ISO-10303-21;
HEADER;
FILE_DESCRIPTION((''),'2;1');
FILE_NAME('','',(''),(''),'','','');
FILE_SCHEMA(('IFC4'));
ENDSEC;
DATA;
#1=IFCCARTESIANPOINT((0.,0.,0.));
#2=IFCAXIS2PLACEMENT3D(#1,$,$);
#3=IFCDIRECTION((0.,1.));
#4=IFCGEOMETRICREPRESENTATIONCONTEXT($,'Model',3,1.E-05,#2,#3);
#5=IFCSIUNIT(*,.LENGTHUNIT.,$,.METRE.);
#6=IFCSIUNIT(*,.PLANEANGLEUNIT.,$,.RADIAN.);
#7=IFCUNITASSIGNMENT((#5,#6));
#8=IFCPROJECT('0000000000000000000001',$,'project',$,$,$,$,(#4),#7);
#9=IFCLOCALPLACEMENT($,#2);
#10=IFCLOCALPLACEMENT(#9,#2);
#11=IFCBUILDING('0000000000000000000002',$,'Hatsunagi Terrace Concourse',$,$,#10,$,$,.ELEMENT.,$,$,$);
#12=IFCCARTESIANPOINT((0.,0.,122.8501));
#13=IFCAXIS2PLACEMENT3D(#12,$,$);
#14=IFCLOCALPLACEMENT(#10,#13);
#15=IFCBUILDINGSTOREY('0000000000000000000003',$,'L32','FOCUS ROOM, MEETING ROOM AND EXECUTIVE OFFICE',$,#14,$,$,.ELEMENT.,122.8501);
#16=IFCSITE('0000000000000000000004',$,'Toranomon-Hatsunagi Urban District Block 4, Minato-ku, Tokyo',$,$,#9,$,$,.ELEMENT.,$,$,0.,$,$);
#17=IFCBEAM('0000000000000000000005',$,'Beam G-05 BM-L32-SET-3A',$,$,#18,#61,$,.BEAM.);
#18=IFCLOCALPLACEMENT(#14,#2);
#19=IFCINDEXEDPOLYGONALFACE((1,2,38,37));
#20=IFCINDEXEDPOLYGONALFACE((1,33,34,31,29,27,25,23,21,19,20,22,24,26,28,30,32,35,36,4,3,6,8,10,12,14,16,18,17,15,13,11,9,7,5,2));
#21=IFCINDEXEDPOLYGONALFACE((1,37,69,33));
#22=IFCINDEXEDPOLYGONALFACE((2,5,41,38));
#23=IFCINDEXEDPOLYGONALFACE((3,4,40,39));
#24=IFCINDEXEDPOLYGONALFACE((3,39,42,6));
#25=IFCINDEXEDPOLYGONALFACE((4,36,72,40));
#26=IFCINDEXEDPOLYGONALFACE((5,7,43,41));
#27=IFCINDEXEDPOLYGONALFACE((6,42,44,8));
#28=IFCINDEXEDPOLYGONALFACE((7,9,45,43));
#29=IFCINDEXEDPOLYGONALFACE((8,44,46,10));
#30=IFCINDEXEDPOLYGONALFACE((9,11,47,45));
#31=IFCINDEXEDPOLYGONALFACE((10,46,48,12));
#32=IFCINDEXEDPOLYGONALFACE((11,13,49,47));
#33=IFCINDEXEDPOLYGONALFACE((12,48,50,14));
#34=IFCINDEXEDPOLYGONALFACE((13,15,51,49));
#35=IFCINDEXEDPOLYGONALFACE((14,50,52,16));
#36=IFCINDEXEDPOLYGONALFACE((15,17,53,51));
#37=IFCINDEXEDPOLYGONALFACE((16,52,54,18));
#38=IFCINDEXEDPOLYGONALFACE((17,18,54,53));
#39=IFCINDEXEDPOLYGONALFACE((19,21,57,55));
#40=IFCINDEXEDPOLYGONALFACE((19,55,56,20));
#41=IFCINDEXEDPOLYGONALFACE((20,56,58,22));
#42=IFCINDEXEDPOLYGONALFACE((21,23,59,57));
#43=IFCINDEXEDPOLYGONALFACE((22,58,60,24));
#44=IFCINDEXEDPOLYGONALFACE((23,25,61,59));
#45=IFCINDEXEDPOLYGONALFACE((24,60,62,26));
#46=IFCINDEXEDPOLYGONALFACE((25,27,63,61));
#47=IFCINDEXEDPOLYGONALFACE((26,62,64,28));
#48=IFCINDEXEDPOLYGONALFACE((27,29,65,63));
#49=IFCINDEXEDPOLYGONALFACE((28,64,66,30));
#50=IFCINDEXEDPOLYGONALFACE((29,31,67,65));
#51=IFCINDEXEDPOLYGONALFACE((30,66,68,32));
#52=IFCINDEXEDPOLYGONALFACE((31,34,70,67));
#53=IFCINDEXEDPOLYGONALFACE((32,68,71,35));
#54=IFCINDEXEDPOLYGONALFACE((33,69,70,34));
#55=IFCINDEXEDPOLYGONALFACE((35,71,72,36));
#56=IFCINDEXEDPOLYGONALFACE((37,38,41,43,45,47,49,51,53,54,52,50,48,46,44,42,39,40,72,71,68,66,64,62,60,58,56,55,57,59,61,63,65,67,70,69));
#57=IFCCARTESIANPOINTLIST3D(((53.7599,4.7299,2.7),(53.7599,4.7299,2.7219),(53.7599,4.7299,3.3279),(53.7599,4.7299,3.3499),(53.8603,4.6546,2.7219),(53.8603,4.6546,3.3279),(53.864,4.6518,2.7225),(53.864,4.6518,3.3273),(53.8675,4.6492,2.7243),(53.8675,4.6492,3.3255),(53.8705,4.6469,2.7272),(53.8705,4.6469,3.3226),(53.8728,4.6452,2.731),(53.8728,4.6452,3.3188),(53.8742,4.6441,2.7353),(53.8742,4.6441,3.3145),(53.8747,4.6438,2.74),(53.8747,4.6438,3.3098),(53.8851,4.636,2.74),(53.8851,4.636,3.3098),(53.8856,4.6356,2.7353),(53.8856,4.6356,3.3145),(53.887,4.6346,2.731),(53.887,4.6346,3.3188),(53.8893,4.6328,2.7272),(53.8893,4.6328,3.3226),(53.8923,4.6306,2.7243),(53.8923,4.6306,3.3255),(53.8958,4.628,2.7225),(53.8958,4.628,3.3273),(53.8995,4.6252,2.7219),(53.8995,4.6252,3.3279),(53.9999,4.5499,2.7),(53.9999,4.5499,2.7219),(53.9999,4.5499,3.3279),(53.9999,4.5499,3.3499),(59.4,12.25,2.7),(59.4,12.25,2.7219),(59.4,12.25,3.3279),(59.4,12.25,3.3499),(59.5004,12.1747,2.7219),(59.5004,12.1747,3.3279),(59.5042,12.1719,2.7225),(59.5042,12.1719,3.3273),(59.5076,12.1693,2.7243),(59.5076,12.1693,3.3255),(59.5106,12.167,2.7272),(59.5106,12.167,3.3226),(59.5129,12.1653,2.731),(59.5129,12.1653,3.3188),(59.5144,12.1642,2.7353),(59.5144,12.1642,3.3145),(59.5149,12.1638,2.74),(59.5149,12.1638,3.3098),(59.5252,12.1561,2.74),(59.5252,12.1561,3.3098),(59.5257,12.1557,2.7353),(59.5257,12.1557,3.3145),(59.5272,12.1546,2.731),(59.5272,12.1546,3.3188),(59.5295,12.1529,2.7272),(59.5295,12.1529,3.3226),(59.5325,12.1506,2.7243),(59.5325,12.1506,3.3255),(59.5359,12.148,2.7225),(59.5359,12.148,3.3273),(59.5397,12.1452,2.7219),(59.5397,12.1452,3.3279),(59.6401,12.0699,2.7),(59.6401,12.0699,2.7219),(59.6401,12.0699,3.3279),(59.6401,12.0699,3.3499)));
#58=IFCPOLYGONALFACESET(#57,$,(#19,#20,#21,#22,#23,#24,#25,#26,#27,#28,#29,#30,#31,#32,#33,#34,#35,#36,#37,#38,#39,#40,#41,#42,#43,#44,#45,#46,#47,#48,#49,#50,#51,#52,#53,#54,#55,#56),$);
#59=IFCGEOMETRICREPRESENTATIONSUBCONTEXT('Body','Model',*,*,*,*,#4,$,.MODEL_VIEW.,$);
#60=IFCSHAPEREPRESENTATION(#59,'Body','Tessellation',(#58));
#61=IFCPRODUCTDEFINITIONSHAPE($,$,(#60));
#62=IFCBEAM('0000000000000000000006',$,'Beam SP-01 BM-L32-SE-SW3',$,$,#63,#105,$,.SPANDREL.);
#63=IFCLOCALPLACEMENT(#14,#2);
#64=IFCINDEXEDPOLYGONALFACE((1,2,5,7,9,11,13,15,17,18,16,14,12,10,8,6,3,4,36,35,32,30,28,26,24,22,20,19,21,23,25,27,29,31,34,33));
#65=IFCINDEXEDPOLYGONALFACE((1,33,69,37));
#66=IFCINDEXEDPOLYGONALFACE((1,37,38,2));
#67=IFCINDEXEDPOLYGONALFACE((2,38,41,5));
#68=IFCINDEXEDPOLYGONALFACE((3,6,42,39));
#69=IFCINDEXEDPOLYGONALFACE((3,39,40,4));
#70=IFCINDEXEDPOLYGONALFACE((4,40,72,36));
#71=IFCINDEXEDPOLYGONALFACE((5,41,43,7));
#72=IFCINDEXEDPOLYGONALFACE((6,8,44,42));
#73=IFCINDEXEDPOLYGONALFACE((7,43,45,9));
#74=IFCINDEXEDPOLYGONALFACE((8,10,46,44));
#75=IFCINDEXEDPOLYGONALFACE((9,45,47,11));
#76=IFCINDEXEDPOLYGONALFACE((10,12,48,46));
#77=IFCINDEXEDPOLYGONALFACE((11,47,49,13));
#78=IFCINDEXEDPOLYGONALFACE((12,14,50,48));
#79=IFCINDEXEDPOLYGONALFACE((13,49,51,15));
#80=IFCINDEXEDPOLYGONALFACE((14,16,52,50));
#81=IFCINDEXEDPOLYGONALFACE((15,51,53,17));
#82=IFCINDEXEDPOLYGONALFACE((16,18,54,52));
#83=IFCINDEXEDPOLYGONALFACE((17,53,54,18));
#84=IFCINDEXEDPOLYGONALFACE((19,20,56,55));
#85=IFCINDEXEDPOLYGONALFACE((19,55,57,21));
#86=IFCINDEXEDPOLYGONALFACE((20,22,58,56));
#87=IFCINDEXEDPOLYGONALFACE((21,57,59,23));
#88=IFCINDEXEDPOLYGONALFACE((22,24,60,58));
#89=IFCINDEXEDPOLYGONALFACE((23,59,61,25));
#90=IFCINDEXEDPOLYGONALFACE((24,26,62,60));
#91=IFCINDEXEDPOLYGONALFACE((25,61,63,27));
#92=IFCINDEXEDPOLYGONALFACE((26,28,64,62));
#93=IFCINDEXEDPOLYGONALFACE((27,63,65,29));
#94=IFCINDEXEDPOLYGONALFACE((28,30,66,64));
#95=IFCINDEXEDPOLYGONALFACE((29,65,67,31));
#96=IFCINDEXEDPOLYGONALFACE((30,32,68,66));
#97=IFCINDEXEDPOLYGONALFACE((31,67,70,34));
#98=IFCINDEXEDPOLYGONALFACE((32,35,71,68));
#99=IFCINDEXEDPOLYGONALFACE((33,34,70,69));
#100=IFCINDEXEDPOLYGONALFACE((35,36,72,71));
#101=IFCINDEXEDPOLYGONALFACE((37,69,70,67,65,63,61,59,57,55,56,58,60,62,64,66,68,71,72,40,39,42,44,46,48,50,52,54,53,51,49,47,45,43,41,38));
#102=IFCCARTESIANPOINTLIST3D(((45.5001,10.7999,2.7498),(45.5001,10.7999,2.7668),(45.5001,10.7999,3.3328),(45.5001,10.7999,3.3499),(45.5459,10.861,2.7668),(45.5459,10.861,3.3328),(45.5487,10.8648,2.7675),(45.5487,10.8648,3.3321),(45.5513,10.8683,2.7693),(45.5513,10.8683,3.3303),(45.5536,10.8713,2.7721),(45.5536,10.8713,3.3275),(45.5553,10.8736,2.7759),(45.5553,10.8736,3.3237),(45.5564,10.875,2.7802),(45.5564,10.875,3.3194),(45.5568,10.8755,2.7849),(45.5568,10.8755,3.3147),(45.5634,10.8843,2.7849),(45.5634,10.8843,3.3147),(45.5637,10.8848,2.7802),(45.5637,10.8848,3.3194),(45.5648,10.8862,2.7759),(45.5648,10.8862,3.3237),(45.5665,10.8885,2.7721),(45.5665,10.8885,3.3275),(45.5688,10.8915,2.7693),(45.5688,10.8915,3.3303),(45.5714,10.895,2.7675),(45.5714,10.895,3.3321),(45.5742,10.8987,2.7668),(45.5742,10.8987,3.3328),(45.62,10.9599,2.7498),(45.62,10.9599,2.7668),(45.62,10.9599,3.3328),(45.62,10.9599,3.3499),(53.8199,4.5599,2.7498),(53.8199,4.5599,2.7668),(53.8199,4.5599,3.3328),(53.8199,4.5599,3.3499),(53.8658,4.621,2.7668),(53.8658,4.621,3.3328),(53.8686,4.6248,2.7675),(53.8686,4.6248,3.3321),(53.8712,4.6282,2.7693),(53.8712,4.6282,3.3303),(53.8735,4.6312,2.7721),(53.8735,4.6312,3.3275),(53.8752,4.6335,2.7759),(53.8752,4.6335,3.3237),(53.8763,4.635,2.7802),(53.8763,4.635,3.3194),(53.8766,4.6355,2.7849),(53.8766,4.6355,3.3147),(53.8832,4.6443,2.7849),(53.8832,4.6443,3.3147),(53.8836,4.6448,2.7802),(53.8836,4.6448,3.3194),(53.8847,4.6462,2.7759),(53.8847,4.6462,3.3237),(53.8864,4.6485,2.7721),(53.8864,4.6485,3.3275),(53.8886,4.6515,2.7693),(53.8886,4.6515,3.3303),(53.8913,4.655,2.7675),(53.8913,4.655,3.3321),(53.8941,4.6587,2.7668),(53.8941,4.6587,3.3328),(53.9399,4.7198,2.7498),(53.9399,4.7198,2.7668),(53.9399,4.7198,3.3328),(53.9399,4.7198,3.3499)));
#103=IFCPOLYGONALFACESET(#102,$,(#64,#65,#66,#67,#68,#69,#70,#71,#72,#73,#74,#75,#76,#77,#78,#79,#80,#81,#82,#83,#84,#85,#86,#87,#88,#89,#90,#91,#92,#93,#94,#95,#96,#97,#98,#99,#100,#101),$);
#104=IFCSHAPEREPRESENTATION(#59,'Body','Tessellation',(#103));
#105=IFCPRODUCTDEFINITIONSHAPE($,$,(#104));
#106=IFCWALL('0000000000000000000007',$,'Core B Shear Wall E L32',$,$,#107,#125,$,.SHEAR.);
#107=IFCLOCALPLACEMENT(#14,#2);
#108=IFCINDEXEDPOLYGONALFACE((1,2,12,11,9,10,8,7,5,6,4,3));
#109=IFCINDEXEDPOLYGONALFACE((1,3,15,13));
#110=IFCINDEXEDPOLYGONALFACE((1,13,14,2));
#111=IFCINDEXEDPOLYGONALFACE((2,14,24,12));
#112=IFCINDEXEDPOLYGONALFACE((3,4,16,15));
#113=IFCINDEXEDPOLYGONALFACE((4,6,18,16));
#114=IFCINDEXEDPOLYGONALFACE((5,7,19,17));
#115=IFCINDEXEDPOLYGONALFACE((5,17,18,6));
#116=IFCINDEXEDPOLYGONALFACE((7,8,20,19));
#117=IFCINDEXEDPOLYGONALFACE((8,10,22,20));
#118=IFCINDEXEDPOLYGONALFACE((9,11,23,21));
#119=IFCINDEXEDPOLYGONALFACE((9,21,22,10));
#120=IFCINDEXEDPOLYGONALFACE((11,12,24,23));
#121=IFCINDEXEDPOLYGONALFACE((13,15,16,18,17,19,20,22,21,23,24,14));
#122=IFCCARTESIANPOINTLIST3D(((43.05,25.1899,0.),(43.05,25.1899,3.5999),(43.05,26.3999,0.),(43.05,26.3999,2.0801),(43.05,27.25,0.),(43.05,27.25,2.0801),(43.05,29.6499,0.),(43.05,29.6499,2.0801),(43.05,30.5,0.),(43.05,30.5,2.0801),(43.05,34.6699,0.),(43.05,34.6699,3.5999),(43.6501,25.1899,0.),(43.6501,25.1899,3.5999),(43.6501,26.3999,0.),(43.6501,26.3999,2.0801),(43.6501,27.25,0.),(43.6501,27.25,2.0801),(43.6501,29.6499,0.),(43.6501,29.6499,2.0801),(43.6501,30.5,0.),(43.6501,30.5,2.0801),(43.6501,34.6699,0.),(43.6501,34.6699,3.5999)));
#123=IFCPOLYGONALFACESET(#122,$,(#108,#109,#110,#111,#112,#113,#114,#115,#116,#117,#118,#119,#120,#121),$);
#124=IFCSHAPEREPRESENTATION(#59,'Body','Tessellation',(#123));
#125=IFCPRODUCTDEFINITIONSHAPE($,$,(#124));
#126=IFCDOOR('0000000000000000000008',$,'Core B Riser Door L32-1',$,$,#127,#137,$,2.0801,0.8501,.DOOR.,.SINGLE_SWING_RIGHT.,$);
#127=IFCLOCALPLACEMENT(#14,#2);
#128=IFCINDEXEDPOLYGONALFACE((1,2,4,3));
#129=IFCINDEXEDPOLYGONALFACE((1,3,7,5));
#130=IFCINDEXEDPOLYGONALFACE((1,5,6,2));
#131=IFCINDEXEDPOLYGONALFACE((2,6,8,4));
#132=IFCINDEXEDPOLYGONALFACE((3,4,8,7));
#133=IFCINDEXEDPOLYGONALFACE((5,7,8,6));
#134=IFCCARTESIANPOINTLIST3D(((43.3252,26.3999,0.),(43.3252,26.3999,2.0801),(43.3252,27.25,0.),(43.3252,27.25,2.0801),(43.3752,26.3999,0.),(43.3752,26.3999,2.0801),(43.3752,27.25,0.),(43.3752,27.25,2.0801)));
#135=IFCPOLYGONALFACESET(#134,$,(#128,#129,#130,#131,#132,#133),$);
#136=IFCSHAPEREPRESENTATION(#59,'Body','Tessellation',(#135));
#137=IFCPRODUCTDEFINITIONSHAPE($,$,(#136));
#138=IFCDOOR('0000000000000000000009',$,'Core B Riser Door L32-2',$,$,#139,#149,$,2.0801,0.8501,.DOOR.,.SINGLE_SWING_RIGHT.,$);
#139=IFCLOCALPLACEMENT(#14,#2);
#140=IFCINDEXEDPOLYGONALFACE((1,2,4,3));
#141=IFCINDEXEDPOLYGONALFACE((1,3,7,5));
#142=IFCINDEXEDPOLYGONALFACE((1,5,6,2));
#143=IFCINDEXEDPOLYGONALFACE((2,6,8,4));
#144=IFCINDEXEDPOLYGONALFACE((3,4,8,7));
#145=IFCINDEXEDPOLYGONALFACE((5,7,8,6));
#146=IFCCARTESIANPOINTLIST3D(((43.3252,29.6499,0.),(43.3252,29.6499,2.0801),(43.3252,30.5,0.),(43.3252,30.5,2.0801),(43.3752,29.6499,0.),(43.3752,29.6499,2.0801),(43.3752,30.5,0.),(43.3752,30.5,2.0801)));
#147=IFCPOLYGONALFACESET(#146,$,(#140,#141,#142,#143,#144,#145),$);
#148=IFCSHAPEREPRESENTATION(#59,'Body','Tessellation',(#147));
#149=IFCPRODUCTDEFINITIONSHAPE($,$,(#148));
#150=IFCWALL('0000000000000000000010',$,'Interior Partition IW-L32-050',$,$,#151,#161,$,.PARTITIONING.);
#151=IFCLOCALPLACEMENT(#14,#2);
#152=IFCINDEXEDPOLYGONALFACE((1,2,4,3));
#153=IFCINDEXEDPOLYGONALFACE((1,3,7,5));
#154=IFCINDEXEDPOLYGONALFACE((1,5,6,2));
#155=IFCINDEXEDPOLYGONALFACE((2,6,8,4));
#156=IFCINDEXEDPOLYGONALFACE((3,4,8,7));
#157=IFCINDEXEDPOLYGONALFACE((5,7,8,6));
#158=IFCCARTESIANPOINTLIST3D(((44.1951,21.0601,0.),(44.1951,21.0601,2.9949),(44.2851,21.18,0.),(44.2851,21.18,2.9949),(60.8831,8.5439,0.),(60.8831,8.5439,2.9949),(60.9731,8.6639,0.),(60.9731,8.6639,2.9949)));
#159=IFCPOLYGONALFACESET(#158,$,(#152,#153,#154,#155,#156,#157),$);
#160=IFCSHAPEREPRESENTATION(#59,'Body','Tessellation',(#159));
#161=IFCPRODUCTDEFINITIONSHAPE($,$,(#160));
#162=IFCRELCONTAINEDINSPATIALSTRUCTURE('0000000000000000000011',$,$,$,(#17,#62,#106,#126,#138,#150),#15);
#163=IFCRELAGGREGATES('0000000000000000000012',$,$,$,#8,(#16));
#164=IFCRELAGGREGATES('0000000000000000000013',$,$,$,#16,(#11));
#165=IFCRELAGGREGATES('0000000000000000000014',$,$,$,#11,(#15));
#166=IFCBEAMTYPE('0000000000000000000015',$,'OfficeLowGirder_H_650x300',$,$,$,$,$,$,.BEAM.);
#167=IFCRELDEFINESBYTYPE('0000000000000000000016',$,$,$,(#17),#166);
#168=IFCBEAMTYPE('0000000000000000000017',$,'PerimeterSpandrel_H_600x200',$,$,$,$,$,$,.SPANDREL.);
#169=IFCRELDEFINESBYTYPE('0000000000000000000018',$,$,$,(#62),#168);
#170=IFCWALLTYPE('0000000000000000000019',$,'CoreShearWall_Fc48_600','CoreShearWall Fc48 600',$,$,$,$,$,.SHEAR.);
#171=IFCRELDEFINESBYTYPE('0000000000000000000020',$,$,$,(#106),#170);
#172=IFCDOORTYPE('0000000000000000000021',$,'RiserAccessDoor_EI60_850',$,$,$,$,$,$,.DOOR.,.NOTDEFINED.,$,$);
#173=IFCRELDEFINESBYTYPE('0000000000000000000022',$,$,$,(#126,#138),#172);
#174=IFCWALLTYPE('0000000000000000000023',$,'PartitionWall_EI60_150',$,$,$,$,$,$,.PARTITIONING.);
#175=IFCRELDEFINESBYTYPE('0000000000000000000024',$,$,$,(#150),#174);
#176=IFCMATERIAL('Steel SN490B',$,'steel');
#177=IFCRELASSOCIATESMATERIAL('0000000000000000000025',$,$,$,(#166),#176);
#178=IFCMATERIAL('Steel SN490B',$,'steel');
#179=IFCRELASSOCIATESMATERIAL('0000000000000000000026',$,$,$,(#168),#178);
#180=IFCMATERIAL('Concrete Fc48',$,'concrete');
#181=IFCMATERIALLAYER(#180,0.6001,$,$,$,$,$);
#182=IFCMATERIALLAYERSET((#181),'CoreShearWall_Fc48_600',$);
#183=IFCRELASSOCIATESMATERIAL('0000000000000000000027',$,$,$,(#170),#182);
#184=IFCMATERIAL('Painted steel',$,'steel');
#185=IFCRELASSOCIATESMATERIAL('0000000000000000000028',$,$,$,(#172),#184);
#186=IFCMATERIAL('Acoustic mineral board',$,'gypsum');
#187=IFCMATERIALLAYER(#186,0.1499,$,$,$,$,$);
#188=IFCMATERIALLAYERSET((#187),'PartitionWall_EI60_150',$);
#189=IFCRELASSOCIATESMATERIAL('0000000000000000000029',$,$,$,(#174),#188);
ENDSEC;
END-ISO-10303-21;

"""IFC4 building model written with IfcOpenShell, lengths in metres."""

from ifc_helpers import new_model, si_unit, direction, frame, frame_2d, origin, origin_2d, place, context, subcontext, project, spatial, rectangle, i_section, extrude, material, layer, layer_set, material_profile, profile_set, type_object, element, fill, save


model = new_model("IFC4")

# Units and contexts
model_context = context("Model", 3, precision=1e-05, world=origin(), true_north=direction((0.0, 1.0)))
body_context = subcontext(model_context, "Body", "Model", "MODEL_VIEW")
ifc_project = project(units=[si_unit("LENGTHUNIT", "METRE"), si_unit("PLANEANGLEUNIT", "RADIAN")], contexts=[model_context])

# Site, building, storey
site_placement = place(None, origin())
site = spatial("IfcSite", under=ifc_project, at=site_placement, Name="Toranomon-Hatsunagi Urban District Block 4, Minato-ku, Tokyo", CompositionType="ELEMENT", RefElevation=0.0)
building_placement = place(site_placement, origin())
building = spatial("IfcBuilding", under=site, at=building_placement, Name="Hatsunagi Terrace Concourse", CompositionType="ELEMENT")
storey_placement = place(building_placement, frame((0.0, 0.0, 122.8501)))
storey = spatial("IfcBuildingStorey", under=building, at=storey_placement, Name="L32", Description="FOCUS ROOM, MEETING ROOM AND EXECUTIVE OFFICE", CompositionType="ELEMENT", Elevation=122.8501)

# Beams
ifc_material_1 = material(Name="Steel SN490B", Category="steel")
ifc_material_profile_1 = material_profile(ifc_material_1, i_section(OverallWidth=0.3, OverallDepth=0.6499, WebThickness=0.0129, FlangeThickness=0.022, FilletRadius=0.0181, at=origin_2d()), Name="H-650x300x13x22")
ifc_profile_set_1 = profile_set([ifc_material_profile_1], Name="Steel SN490B")
beam_type_1 = type_object("IfcBeamType", Name="OfficeLowGirder_H_650x300", PredefinedType="BEAM", material=ifc_profile_set_1)
beam_1_placement = place(storey_placement, frame((53.8799, 4.6399, 3.0249), z_axis=(0.600008, 0.799994, 0.0), x_axis=(-0.799994, 0.600008, 0.0)))
element("IfcBeam", 1, at=beam_1_placement, inside=storey, type_object=beam_type_1, Name="Beam G-05 BM-L32-SET-3A", PredefinedType="BEAM", context=body_context, shape_type="SweptSolid", body=[
    extrude(i_section(OverallWidth=0.3, OverallDepth=0.6499, WebThickness=0.0129, FlangeThickness=0.022, FilletRadius=0.0181, at=origin_2d()), origin(), (0.0, 0.0, 1.0), 9.4001),
])
ifc_material_2 = material(Name="Steel SN490B", Category="steel")
ifc_material_profile_2 = material_profile(ifc_material_2, i_section(OverallWidth=0.2, OverallDepth=0.6001, WebThickness=0.011, FlangeThickness=0.0171, FilletRadius=0.0181, at=origin_2d()), Name="H-600x200x11x17")
ifc_profile_set_2 = profile_set([ifc_material_profile_2], Name="Steel SN490B")
beam_type_2 = type_object("IfcBeamType", Name="PerimeterSpandrel_H_600x200", PredefinedType="SPANDREL", material=ifc_profile_set_2)
beam_2_placement = place(storey_placement, frame((45.5601, 10.8799, 3.0498), z_axis=(0.799994, -0.600008, 0.0), x_axis=(0.600008, 0.799994, 0.0)))
element("IfcBeam", 2, at=beam_2_placement, inside=storey, type_object=beam_type_2, Name="Beam SP-01 BM-L32-SE-SW3", PredefinedType="SPANDREL", context=body_context, shape_type="SweptSolid", body=[
    extrude(i_section(OverallWidth=0.2, OverallDepth=0.6001, WebThickness=0.011, FlangeThickness=0.0171, FilletRadius=0.0181, at=origin_2d()), origin(), (0.0, 0.0, 1.0), 10.3999),
])

# Wall, openings, doors
ifc_material_3 = material(Name="Concrete Fc48", Category="concrete")
ifc_layer_1 = layer(ifc_material_3, 0.6001)
ifc_layer_set_1 = layer_set([ifc_layer_1], Name="CoreShearWall_Fc48_600")
wall_type_1 = type_object("IfcWallType", Name="CoreShearWall_Fc48_600", Description="CoreShearWall Fc48 600", PredefinedType="SHEAR", material=ifc_layer_set_1)
wall_1_placement = place(storey_placement, frame((43.3501, 25.1899, 0.0), z_axis=(0.0, 0.0, 1.0), x_axis=(0.0, 1.0, 0.0)))
wall_1 = element("IfcWall", 3, at=wall_1_placement, inside=storey, type_object=wall_type_1, Name="Core B Shear Wall E L32", PredefinedType="SHEAR", context=body_context, shape_type="SweptSolid", body=[
    extrude(rectangle(XDim=9.48, YDim=0.6001, at=frame_2d((4.74, 0.0))), origin(), (0.0, 0.0, 1.0), 3.5999),
])
opening_1_placement = place(wall_1_placement, frame((1.21, 0.0, 0.0)))
opening_1 = element("IfcOpeningElement", 4, at=opening_1_placement, cuts=wall_1, PredefinedType="OPENING", context=body_context, shape_type="SweptSolid", body=[
    extrude(rectangle(XDim=0.8501, YDim=2.0801, at=frame_2d((0.425, 1.04))), frame((0.0, 0.3101, 0.0), z_axis=(0.0, -1.0, 0.0), x_axis=(1.0, 0.0, 0.0)), (0.0, 0.0, 1.0), 0.6201),
])
opening_2_placement = place(wall_1_placement, frame((4.46, 0.0, 0.0)))
opening_2 = element("IfcOpeningElement", 5, at=opening_2_placement, cuts=wall_1, PredefinedType="OPENING", context=body_context, shape_type="SweptSolid", body=[
    extrude(rectangle(XDim=0.8501, YDim=2.0801, at=frame_2d((0.425, 1.04))), frame((0.0, 0.3101, 0.0), z_axis=(0.0, -1.0, 0.0), x_axis=(1.0, 0.0, 0.0)), (0.0, 0.0, 1.0), 0.6201),
])
ifc_material_4 = material(Name="Painted steel", Category="steel")
door_type_1 = type_object("IfcDoorType", Name="RiserAccessDoor_EI60_850", OperationType="NOTDEFINED", PredefinedType="DOOR", material=ifc_material_4)
door_1_placement = place(opening_1_placement, origin())
door_1 = element("IfcDoor", 6, at=door_1_placement, inside=storey, type_object=door_type_1, Name="Core B Riser Door L32-1", OperationType="SINGLE_SWING_RIGHT", OverallHeight=2.0801, OverallWidth=0.8501, PredefinedType="DOOR", context=body_context, shape_type="SweptSolid", body=[
    extrude(rectangle(XDim=0.8501, YDim=2.0801, at=frame_2d((0.425, 1.04))), frame((0.0, 0.0249, 0.0), z_axis=(0.0, -1.0, 0.0), x_axis=(1.0, 0.0, 0.0)), (0.0, 0.0, 1.0), 0.05),
])
fill(opening_1, door_1)
door_2_placement = place(opening_2_placement, origin())
door_2 = element("IfcDoor", 7, at=door_2_placement, inside=storey, type_object=door_type_1, Name="Core B Riser Door L32-2", OperationType="SINGLE_SWING_RIGHT", OverallHeight=2.0801, OverallWidth=0.8501, PredefinedType="DOOR", context=body_context, shape_type="SweptSolid", body=[
    extrude(rectangle(XDim=0.8501, YDim=2.0801, at=frame_2d((0.425, 1.04))), frame((0.0, 0.0249, 0.0), z_axis=(0.0, -1.0, 0.0), x_axis=(1.0, 0.0, 0.0)), (0.0, 0.0, 1.0), 0.05),
])
fill(opening_2, door_2)

# Wall
ifc_material_5 = material(Name="Acoustic mineral board", Category="gypsum")
ifc_layer_2 = layer(ifc_material_5, 0.1499)
ifc_layer_set_2 = layer_set([ifc_layer_2], Name="PartitionWall_EI60_150")
wall_type_2 = type_object("IfcWallType", Name="PartitionWall_EI60_150", PredefinedType="PARTITIONING", material=ifc_layer_set_2)
wall_2_placement = place(storey_placement, frame((44.24, 21.1201, 0.0), z_axis=(0.0, 0.0, 1.0), x_axis=(0.799997, -0.600004, 0.0)))
element("IfcWall", 8, at=wall_2_placement, inside=storey, type_object=wall_type_2, Name="Interior Partition IW-L32-050", PredefinedType="PARTITIONING", context=body_context, shape_type="SweptSolid", body=[
    extrude(rectangle(XDim=20.8601, YDim=0.1499, at=frame_2d((10.4302, 0.0))), origin(), (0.0, 0.0, 1.0), 2.9949),
])

save(model, "model.ifc")
